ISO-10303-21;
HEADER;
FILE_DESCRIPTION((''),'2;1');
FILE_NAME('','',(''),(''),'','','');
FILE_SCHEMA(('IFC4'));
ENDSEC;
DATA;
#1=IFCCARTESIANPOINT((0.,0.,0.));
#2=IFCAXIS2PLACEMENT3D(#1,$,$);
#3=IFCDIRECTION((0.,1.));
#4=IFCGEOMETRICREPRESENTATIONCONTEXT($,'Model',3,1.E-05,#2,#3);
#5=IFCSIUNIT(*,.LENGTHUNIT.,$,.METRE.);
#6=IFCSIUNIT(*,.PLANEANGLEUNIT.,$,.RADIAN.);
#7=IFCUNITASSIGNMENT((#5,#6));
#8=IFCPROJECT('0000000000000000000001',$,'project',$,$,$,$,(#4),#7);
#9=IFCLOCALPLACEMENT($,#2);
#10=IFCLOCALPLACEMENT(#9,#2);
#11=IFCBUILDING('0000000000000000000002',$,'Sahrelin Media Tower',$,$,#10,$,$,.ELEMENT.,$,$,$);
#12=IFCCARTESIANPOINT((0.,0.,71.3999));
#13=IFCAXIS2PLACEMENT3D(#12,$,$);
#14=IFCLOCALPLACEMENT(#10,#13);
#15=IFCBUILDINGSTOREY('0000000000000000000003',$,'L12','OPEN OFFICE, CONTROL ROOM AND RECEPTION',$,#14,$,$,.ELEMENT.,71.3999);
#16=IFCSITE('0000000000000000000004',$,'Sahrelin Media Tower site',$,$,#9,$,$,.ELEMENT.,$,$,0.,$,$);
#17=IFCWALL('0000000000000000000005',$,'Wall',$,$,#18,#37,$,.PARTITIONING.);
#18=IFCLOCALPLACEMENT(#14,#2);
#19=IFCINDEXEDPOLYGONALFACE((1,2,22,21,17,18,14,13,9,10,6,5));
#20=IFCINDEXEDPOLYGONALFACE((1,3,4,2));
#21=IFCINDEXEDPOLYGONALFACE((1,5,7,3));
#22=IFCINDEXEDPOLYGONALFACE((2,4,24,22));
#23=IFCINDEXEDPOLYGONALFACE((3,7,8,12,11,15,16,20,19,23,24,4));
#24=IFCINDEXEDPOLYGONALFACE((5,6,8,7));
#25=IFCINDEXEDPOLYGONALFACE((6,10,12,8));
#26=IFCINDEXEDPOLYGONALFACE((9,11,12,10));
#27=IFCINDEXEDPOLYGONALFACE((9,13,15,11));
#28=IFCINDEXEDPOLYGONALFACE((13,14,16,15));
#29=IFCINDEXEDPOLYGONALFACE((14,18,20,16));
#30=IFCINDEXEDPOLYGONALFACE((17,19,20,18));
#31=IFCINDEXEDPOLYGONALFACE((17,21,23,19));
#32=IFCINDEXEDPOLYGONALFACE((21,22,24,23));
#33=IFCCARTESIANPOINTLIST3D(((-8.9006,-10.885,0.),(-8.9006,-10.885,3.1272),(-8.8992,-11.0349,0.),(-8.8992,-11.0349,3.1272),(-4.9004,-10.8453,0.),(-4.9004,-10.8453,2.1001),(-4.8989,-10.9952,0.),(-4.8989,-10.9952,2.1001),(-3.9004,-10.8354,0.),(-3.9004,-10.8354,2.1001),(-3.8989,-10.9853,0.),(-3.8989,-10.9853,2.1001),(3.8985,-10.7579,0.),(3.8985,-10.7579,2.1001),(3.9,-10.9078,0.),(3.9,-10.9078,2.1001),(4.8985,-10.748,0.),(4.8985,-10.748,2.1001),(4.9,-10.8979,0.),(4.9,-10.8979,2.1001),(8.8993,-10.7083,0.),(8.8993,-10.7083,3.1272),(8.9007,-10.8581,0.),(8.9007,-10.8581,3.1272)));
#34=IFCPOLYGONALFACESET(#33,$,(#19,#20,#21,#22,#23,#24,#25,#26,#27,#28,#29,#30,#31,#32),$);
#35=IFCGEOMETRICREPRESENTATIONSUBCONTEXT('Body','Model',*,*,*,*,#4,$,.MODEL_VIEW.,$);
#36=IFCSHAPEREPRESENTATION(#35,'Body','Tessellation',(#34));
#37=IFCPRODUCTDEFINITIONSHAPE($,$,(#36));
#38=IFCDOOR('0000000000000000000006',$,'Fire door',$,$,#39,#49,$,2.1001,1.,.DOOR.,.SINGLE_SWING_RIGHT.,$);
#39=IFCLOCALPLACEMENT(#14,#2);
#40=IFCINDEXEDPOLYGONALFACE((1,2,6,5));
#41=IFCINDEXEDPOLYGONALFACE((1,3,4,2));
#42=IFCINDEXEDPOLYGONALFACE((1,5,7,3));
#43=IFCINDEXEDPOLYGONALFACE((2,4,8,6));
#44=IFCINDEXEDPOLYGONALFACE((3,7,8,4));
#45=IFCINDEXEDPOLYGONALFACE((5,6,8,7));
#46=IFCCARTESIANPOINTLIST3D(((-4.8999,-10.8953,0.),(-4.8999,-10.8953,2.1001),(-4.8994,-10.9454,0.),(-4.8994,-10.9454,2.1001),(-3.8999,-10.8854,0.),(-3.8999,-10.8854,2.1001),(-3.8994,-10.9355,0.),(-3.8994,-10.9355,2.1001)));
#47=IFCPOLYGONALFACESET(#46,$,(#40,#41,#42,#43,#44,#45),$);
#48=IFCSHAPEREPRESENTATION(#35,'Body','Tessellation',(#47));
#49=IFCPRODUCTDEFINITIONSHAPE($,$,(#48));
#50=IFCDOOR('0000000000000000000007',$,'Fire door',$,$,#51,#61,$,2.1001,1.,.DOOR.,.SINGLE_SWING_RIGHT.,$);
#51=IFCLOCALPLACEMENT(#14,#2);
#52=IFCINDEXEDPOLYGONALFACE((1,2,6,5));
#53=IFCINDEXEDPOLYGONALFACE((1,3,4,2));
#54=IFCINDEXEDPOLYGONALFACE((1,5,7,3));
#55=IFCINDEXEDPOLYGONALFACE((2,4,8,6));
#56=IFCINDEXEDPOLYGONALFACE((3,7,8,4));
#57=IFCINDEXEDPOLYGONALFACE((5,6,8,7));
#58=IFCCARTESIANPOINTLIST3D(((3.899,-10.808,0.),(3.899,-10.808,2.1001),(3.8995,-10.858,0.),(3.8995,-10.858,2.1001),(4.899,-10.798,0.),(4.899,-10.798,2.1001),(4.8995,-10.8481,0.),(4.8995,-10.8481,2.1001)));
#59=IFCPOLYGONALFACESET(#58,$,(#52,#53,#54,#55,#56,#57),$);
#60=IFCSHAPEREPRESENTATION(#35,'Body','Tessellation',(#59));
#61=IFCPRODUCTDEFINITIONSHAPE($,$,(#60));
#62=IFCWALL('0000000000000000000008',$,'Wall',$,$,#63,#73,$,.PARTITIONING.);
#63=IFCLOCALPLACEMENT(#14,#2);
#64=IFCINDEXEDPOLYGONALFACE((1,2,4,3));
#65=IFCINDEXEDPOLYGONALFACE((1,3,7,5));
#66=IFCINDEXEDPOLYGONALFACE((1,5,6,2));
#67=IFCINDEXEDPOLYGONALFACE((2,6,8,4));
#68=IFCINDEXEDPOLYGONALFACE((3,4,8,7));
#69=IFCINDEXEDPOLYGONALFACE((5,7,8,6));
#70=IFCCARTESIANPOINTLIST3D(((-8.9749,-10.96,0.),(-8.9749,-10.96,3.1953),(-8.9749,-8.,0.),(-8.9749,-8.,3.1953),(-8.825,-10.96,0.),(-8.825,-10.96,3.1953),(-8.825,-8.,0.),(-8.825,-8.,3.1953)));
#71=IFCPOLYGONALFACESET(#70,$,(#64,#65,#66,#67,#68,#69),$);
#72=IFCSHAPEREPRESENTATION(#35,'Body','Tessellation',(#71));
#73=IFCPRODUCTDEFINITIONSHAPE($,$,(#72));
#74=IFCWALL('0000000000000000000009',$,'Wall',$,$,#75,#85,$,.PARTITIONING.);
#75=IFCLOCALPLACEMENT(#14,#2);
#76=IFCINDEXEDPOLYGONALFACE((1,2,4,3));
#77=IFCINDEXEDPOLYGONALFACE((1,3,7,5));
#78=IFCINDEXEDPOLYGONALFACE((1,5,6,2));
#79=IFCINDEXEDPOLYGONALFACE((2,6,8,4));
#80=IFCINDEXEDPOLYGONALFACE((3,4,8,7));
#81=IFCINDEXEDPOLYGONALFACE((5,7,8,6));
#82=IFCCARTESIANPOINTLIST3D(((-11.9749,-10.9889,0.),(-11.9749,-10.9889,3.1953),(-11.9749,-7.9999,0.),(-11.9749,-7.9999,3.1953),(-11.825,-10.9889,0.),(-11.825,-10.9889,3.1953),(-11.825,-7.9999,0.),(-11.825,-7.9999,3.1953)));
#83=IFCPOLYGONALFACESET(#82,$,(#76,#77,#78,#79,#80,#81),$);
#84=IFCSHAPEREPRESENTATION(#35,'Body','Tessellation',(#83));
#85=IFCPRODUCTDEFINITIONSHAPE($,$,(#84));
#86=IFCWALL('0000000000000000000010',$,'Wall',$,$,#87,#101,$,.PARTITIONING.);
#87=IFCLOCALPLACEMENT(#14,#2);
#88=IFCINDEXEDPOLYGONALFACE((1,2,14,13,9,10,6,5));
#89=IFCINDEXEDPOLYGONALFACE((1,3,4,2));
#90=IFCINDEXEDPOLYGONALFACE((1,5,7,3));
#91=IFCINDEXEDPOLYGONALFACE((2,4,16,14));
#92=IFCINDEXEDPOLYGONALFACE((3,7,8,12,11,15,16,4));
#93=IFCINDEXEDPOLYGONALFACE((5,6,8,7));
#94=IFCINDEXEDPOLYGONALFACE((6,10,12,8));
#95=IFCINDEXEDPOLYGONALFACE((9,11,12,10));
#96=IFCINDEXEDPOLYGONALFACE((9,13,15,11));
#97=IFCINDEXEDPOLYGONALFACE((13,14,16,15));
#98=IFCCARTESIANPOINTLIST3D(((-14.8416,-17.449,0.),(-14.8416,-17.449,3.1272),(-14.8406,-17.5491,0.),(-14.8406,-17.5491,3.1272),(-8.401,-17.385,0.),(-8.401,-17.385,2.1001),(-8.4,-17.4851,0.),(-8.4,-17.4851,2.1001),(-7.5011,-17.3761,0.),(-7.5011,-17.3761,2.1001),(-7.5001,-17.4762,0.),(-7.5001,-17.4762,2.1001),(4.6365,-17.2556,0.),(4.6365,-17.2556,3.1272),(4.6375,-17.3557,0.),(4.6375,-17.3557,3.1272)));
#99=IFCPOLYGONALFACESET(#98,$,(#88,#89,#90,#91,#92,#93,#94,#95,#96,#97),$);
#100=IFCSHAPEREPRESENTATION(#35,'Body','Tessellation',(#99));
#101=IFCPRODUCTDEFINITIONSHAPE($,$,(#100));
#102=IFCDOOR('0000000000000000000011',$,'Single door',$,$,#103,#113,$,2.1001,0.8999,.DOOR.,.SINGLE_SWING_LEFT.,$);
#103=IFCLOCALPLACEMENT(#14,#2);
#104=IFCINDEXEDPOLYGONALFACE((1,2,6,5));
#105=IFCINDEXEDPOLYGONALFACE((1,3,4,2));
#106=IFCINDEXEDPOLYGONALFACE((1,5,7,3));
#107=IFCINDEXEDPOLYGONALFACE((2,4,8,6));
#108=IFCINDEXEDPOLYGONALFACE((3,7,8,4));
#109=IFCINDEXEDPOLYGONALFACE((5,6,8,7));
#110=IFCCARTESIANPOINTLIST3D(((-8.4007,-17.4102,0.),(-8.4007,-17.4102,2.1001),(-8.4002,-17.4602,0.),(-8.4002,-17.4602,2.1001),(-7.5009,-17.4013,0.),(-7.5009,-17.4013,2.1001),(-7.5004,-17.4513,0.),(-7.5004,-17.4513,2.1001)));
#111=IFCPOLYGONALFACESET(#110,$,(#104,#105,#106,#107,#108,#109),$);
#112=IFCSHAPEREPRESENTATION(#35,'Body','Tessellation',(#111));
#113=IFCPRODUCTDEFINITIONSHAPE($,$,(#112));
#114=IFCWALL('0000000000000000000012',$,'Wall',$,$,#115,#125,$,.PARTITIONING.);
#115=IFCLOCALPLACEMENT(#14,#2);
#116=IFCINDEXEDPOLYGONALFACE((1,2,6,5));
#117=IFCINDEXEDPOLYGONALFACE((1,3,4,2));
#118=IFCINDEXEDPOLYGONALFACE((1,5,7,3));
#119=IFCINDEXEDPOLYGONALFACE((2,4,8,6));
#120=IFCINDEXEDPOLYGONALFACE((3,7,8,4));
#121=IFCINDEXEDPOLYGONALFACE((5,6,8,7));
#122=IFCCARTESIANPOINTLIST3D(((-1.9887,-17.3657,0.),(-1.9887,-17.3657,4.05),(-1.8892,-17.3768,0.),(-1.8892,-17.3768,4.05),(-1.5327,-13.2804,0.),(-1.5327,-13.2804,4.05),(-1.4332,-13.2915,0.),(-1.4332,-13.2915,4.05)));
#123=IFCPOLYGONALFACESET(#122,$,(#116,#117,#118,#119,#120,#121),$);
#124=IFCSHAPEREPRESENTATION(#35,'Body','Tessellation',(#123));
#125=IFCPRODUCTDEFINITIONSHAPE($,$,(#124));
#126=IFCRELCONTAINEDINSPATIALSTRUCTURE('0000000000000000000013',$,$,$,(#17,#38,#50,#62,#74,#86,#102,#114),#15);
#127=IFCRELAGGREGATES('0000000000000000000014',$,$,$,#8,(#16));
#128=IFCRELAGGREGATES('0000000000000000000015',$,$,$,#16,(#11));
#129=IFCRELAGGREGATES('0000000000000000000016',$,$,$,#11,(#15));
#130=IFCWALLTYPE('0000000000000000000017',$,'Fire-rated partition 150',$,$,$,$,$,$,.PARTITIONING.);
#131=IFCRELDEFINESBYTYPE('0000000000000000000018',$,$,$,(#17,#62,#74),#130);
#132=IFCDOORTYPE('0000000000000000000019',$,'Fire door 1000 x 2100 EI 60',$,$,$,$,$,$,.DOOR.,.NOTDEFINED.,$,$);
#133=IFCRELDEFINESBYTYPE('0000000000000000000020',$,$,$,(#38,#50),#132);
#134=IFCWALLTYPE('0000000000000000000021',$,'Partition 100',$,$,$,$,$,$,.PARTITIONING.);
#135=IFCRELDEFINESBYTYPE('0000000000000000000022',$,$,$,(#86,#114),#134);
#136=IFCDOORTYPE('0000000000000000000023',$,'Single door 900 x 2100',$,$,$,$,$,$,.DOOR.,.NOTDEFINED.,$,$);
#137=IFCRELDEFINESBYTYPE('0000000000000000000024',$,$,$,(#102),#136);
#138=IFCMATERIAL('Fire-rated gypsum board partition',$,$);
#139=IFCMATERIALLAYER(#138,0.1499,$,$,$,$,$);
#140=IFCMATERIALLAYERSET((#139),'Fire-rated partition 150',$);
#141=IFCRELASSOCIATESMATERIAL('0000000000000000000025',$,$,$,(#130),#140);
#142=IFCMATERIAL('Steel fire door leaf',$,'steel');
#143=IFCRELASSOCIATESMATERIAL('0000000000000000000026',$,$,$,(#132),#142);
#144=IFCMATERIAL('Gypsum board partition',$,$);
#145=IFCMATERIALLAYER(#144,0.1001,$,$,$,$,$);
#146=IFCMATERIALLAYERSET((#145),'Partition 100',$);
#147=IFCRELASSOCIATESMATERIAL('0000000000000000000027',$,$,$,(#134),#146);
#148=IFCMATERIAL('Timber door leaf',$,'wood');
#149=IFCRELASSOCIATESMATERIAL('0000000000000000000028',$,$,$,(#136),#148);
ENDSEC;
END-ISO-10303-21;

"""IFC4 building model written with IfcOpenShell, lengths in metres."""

from ifc_helpers import new_model, si_unit, direction, frame, frame_2d, origin, place, context, subcontext, project, spatial, rectangle, extrude, material, layer, layer_set, type_object, element, fill, save


model = new_model("IFC4")

# Units and contexts
model_context = context("Model", 3, precision=1e-05, world=origin(), true_north=direction((0.0, 1.0)))
body_context = subcontext(model_context, "Body", "Model", "MODEL_VIEW")
ifc_project = project(units=[si_unit("LENGTHUNIT", "METRE"), si_unit("PLANEANGLEUNIT", "RADIAN")], contexts=[model_context])

# Site, building, storey
site_placement = place(None, origin())
site = spatial("IfcSite", under=ifc_project, at=site_placement, Name="Sahrelin Media Tower site", CompositionType="ELEMENT", RefElevation=0.0)
building_placement = place(site_placement, origin())
building = spatial("IfcBuilding", under=site, at=building_placement, Name="Sahrelin Media Tower", CompositionType="ELEMENT")
storey_placement = place(building_placement, frame((0.0, 0.0, 71.3999)))
storey = spatial("IfcBuildingStorey", under=building, at=storey_placement, Name="L12", Description="OPEN OFFICE, CONTROL ROOM AND RECEPTION", CompositionType="ELEMENT", Elevation=71.3999)

# Shared definitions
ifc_material_1 = material(Name="Fire-rated gypsum board partition")
ifc_layer_1 = layer(ifc_material_1, 0.1499)
ifc_layer_set_1 = layer_set([ifc_layer_1], Name="Fire-rated partition 150")
wall_type_1 = type_object("IfcWallType", Name="Fire-rated partition 150", PredefinedType="PARTITIONING", material=ifc_layer_set_1)
ifc_material_2 = material(Name="Steel fire door leaf", Category="steel")
door_type_1 = type_object("IfcDoorType", Name="Fire door 1000 x 2100 EI 60", OperationType="NOTDEFINED", PredefinedType="DOOR", material=ifc_material_2)

# Wall, openings, doors
wall_1_placement = place(storey_placement, frame((-8.8999, -10.96, 0.0), z_axis=(0.0, 0.0, 1.0), x_axis=(0.999951, 0.00993, 0.0)))
wall_1 = element("IfcWall", 1, at=wall_1_placement, inside=storey, type_object=wall_type_1, Name="Wall", PredefinedType="PARTITIONING", context=body_context, shape_type="SweptSolid", body=[
    extrude(rectangle(XDim=17.8008, YDim=0.1499, at=frame_2d((8.9004, 0.0))), origin(), (0.0, 0.0, 1.0), 3.1272),
])
opening_1_placement = place(wall_1_placement, frame((4.0005, 0.0, 0.0)))
opening_1 = element("IfcOpeningElement", 2, at=opening_1_placement, cuts=wall_1, PredefinedType="OPENING", context=body_context, shape_type="SweptSolid", body=[
    extrude(rectangle(XDim=1.0, YDim=2.1001, at=frame_2d((0.5, 1.05))), frame((0.0, 0.075, 0.0), z_axis=(0.0, -1.0, 0.0), x_axis=(1.0, 0.0, 0.0)), (0.0, 0.0, 1.0), 0.1499),
])
opening_2_placement = place(wall_1_placement, frame((12.7998, 0.0, 0.0)))
opening_2 = element("IfcOpeningElement", 3, at=opening_2_placement, cuts=wall_1, PredefinedType="OPENING", context=body_context, shape_type="SweptSolid", body=[
    extrude(rectangle(XDim=1.0, YDim=2.1001, at=frame_2d((0.5, 1.05))), frame((0.0, 0.075, 0.0), z_axis=(0.0, -1.0, 0.0), x_axis=(1.0, 0.0, 0.0)), (0.0, 0.0, 1.0), 0.1499),
])
door_1_placement = place(opening_1_placement, origin())
door_1 = element("IfcDoor", 4, at=door_1_placement, inside=storey, type_object=door_type_1, Name="Fire door", OperationType="SINGLE_SWING_RIGHT", OverallHeight=2.1001, OverallWidth=1.0, PredefinedType="DOOR", context=body_context, shape_type="SweptSolid", body=[
    extrude(rectangle(XDim=1.0, YDim=2.1001, at=frame_2d((0.5, 1.05))), frame((0.0, 0.0249, 0.0), z_axis=(0.0, -1.0, 0.0), x_axis=(1.0, 0.0, 0.0)), (0.0, 0.0, 1.0), 0.05),
])
fill(opening_1, door_1)
door_2_placement = place(opening_2_placement, origin())
door_2 = element("IfcDoor", 5, at=door_2_placement, inside=storey, type_object=door_type_1, Name="Fire door", OperationType="SINGLE_SWING_RIGHT", OverallHeight=2.1001, OverallWidth=1.0, PredefinedType="DOOR", context=body_context, shape_type="SweptSolid", body=[
    extrude(rectangle(XDim=1.0, YDim=2.1001, at=frame_2d((0.5, 1.05))), frame((0.0, 0.0249, 0.0), z_axis=(0.0, -1.0, 0.0), x_axis=(1.0, 0.0, 0.0)), (0.0, 0.0, 1.0), 0.05),
])
fill(opening_2, door_2)

# Walls
wall_2_placement = place(storey_placement, frame((-8.8999, -10.96, 0.0), z_axis=(0.0, 0.0, 1.0), x_axis=(0.0, 1.0, 0.0)))
element("IfcWall", 6, at=wall_2_placement, inside=storey, type_object=wall_type_1, Name="Wall", PredefinedType="PARTITIONING", context=body_context, shape_type="SweptSolid", body=[
    extrude(rectangle(XDim=2.96, YDim=0.1499, at=frame_2d((1.48, 0.0))), origin(), (0.0, 0.0, 1.0), 3.1953),
])
wall_3_placement = place(storey_placement, frame((-11.8999, -10.989, 0.0), z_axis=(0.0, 0.0, 1.0), x_axis=(0.0, 1.0, 0.0)))
element("IfcWall", 7, at=wall_3_placement, inside=storey, type_object=wall_type_1, Name="Wall", PredefinedType="PARTITIONING", context=body_context, shape_type="SweptSolid", body=[
    extrude(rectangle(XDim=2.989, YDim=0.1499, at=frame_2d((1.4946, 0.0))), origin(), (0.0, 0.0, 1.0), 3.1953),
])

# Wall, opening, door
ifc_material_3 = material(Name="Gypsum board partition")
ifc_layer_2 = layer(ifc_material_3, 0.1001)
ifc_layer_set_2 = layer_set([ifc_layer_2], Name="Partition 100")
wall_type_2 = type_object("IfcWallType", Name="Partition 100", PredefinedType="PARTITIONING", material=ifc_layer_set_2)
wall_4_placement = place(storey_placement, frame((-14.8411, -17.499, 0.0), z_axis=(0.0, 0.0, 1.0), x_axis=(0.999951, 0.009927, 0.0)))
wall_4 = element("IfcWall", 8, at=wall_4_placement, inside=storey, type_object=wall_type_2, Name="Wall", PredefinedType="PARTITIONING", context=body_context, shape_type="SweptSolid", body=[
    extrude(rectangle(XDim=19.479, YDim=0.1001, at=frame_2d((9.7395, 0.0))), origin(), (0.0, 0.0, 1.0), 3.1272),
])
opening_3_placement = place(wall_4_placement, frame((6.4409, 0.0, 0.0)))
opening_3 = element("IfcOpeningElement", 9, at=opening_3_placement, cuts=wall_4, PredefinedType="OPENING", context=body_context, shape_type="SweptSolid", body=[
    extrude(rectangle(XDim=0.8999, YDim=2.1001, at=frame_2d((0.45, 1.05))), frame((0.0, 0.05, 0.0), z_axis=(0.0, -1.0, 0.0), x_axis=(1.0, 0.0, 0.0)), (0.0, 0.0, 1.0), 0.1001),
])
ifc_material_4 = material(Name="Timber door leaf", Category="wood")
door_type_2 = type_object("IfcDoorType", Name="Single door 900 x 2100", OperationType="NOTDEFINED", PredefinedType="DOOR", material=ifc_material_4)
door_3_placement = place(opening_3_placement, origin())
door_3 = element("IfcDoor", 10, at=door_3_placement, inside=storey, type_object=door_type_2, Name="Single door", OperationType="SINGLE_SWING_LEFT", OverallHeight=2.1001, OverallWidth=0.8999, PredefinedType="DOOR", context=body_context, shape_type="SweptSolid", body=[
    extrude(rectangle(XDim=0.8999, YDim=2.1001, at=frame_2d((0.45, 1.05))), frame((0.0, 0.0249, 0.0), z_axis=(0.0, -1.0, 0.0), x_axis=(1.0, 0.0, 0.0)), (0.0, 0.0, 1.0), 0.05),
])
fill(opening_3, door_3)

# Wall
wall_5_placement = place(storey_placement, frame((-1.939, -17.3711, 0.0), z_axis=(0.0, 0.0, 1.0), x_axis=(0.110946, 0.993826, 0.0)))
element("IfcWall", 11, at=wall_5_placement, inside=storey, type_object=wall_type_2, Name="Wall", PredefinedType="PARTITIONING", context=body_context, shape_type="SweptSolid", body=[
    extrude(rectangle(XDim=4.1106, YDim=0.1001, at=frame_2d((2.0552, 0.0))), origin(), (0.0, 0.0, 1.0), 4.05),
])

save(model, "model.ifc")
